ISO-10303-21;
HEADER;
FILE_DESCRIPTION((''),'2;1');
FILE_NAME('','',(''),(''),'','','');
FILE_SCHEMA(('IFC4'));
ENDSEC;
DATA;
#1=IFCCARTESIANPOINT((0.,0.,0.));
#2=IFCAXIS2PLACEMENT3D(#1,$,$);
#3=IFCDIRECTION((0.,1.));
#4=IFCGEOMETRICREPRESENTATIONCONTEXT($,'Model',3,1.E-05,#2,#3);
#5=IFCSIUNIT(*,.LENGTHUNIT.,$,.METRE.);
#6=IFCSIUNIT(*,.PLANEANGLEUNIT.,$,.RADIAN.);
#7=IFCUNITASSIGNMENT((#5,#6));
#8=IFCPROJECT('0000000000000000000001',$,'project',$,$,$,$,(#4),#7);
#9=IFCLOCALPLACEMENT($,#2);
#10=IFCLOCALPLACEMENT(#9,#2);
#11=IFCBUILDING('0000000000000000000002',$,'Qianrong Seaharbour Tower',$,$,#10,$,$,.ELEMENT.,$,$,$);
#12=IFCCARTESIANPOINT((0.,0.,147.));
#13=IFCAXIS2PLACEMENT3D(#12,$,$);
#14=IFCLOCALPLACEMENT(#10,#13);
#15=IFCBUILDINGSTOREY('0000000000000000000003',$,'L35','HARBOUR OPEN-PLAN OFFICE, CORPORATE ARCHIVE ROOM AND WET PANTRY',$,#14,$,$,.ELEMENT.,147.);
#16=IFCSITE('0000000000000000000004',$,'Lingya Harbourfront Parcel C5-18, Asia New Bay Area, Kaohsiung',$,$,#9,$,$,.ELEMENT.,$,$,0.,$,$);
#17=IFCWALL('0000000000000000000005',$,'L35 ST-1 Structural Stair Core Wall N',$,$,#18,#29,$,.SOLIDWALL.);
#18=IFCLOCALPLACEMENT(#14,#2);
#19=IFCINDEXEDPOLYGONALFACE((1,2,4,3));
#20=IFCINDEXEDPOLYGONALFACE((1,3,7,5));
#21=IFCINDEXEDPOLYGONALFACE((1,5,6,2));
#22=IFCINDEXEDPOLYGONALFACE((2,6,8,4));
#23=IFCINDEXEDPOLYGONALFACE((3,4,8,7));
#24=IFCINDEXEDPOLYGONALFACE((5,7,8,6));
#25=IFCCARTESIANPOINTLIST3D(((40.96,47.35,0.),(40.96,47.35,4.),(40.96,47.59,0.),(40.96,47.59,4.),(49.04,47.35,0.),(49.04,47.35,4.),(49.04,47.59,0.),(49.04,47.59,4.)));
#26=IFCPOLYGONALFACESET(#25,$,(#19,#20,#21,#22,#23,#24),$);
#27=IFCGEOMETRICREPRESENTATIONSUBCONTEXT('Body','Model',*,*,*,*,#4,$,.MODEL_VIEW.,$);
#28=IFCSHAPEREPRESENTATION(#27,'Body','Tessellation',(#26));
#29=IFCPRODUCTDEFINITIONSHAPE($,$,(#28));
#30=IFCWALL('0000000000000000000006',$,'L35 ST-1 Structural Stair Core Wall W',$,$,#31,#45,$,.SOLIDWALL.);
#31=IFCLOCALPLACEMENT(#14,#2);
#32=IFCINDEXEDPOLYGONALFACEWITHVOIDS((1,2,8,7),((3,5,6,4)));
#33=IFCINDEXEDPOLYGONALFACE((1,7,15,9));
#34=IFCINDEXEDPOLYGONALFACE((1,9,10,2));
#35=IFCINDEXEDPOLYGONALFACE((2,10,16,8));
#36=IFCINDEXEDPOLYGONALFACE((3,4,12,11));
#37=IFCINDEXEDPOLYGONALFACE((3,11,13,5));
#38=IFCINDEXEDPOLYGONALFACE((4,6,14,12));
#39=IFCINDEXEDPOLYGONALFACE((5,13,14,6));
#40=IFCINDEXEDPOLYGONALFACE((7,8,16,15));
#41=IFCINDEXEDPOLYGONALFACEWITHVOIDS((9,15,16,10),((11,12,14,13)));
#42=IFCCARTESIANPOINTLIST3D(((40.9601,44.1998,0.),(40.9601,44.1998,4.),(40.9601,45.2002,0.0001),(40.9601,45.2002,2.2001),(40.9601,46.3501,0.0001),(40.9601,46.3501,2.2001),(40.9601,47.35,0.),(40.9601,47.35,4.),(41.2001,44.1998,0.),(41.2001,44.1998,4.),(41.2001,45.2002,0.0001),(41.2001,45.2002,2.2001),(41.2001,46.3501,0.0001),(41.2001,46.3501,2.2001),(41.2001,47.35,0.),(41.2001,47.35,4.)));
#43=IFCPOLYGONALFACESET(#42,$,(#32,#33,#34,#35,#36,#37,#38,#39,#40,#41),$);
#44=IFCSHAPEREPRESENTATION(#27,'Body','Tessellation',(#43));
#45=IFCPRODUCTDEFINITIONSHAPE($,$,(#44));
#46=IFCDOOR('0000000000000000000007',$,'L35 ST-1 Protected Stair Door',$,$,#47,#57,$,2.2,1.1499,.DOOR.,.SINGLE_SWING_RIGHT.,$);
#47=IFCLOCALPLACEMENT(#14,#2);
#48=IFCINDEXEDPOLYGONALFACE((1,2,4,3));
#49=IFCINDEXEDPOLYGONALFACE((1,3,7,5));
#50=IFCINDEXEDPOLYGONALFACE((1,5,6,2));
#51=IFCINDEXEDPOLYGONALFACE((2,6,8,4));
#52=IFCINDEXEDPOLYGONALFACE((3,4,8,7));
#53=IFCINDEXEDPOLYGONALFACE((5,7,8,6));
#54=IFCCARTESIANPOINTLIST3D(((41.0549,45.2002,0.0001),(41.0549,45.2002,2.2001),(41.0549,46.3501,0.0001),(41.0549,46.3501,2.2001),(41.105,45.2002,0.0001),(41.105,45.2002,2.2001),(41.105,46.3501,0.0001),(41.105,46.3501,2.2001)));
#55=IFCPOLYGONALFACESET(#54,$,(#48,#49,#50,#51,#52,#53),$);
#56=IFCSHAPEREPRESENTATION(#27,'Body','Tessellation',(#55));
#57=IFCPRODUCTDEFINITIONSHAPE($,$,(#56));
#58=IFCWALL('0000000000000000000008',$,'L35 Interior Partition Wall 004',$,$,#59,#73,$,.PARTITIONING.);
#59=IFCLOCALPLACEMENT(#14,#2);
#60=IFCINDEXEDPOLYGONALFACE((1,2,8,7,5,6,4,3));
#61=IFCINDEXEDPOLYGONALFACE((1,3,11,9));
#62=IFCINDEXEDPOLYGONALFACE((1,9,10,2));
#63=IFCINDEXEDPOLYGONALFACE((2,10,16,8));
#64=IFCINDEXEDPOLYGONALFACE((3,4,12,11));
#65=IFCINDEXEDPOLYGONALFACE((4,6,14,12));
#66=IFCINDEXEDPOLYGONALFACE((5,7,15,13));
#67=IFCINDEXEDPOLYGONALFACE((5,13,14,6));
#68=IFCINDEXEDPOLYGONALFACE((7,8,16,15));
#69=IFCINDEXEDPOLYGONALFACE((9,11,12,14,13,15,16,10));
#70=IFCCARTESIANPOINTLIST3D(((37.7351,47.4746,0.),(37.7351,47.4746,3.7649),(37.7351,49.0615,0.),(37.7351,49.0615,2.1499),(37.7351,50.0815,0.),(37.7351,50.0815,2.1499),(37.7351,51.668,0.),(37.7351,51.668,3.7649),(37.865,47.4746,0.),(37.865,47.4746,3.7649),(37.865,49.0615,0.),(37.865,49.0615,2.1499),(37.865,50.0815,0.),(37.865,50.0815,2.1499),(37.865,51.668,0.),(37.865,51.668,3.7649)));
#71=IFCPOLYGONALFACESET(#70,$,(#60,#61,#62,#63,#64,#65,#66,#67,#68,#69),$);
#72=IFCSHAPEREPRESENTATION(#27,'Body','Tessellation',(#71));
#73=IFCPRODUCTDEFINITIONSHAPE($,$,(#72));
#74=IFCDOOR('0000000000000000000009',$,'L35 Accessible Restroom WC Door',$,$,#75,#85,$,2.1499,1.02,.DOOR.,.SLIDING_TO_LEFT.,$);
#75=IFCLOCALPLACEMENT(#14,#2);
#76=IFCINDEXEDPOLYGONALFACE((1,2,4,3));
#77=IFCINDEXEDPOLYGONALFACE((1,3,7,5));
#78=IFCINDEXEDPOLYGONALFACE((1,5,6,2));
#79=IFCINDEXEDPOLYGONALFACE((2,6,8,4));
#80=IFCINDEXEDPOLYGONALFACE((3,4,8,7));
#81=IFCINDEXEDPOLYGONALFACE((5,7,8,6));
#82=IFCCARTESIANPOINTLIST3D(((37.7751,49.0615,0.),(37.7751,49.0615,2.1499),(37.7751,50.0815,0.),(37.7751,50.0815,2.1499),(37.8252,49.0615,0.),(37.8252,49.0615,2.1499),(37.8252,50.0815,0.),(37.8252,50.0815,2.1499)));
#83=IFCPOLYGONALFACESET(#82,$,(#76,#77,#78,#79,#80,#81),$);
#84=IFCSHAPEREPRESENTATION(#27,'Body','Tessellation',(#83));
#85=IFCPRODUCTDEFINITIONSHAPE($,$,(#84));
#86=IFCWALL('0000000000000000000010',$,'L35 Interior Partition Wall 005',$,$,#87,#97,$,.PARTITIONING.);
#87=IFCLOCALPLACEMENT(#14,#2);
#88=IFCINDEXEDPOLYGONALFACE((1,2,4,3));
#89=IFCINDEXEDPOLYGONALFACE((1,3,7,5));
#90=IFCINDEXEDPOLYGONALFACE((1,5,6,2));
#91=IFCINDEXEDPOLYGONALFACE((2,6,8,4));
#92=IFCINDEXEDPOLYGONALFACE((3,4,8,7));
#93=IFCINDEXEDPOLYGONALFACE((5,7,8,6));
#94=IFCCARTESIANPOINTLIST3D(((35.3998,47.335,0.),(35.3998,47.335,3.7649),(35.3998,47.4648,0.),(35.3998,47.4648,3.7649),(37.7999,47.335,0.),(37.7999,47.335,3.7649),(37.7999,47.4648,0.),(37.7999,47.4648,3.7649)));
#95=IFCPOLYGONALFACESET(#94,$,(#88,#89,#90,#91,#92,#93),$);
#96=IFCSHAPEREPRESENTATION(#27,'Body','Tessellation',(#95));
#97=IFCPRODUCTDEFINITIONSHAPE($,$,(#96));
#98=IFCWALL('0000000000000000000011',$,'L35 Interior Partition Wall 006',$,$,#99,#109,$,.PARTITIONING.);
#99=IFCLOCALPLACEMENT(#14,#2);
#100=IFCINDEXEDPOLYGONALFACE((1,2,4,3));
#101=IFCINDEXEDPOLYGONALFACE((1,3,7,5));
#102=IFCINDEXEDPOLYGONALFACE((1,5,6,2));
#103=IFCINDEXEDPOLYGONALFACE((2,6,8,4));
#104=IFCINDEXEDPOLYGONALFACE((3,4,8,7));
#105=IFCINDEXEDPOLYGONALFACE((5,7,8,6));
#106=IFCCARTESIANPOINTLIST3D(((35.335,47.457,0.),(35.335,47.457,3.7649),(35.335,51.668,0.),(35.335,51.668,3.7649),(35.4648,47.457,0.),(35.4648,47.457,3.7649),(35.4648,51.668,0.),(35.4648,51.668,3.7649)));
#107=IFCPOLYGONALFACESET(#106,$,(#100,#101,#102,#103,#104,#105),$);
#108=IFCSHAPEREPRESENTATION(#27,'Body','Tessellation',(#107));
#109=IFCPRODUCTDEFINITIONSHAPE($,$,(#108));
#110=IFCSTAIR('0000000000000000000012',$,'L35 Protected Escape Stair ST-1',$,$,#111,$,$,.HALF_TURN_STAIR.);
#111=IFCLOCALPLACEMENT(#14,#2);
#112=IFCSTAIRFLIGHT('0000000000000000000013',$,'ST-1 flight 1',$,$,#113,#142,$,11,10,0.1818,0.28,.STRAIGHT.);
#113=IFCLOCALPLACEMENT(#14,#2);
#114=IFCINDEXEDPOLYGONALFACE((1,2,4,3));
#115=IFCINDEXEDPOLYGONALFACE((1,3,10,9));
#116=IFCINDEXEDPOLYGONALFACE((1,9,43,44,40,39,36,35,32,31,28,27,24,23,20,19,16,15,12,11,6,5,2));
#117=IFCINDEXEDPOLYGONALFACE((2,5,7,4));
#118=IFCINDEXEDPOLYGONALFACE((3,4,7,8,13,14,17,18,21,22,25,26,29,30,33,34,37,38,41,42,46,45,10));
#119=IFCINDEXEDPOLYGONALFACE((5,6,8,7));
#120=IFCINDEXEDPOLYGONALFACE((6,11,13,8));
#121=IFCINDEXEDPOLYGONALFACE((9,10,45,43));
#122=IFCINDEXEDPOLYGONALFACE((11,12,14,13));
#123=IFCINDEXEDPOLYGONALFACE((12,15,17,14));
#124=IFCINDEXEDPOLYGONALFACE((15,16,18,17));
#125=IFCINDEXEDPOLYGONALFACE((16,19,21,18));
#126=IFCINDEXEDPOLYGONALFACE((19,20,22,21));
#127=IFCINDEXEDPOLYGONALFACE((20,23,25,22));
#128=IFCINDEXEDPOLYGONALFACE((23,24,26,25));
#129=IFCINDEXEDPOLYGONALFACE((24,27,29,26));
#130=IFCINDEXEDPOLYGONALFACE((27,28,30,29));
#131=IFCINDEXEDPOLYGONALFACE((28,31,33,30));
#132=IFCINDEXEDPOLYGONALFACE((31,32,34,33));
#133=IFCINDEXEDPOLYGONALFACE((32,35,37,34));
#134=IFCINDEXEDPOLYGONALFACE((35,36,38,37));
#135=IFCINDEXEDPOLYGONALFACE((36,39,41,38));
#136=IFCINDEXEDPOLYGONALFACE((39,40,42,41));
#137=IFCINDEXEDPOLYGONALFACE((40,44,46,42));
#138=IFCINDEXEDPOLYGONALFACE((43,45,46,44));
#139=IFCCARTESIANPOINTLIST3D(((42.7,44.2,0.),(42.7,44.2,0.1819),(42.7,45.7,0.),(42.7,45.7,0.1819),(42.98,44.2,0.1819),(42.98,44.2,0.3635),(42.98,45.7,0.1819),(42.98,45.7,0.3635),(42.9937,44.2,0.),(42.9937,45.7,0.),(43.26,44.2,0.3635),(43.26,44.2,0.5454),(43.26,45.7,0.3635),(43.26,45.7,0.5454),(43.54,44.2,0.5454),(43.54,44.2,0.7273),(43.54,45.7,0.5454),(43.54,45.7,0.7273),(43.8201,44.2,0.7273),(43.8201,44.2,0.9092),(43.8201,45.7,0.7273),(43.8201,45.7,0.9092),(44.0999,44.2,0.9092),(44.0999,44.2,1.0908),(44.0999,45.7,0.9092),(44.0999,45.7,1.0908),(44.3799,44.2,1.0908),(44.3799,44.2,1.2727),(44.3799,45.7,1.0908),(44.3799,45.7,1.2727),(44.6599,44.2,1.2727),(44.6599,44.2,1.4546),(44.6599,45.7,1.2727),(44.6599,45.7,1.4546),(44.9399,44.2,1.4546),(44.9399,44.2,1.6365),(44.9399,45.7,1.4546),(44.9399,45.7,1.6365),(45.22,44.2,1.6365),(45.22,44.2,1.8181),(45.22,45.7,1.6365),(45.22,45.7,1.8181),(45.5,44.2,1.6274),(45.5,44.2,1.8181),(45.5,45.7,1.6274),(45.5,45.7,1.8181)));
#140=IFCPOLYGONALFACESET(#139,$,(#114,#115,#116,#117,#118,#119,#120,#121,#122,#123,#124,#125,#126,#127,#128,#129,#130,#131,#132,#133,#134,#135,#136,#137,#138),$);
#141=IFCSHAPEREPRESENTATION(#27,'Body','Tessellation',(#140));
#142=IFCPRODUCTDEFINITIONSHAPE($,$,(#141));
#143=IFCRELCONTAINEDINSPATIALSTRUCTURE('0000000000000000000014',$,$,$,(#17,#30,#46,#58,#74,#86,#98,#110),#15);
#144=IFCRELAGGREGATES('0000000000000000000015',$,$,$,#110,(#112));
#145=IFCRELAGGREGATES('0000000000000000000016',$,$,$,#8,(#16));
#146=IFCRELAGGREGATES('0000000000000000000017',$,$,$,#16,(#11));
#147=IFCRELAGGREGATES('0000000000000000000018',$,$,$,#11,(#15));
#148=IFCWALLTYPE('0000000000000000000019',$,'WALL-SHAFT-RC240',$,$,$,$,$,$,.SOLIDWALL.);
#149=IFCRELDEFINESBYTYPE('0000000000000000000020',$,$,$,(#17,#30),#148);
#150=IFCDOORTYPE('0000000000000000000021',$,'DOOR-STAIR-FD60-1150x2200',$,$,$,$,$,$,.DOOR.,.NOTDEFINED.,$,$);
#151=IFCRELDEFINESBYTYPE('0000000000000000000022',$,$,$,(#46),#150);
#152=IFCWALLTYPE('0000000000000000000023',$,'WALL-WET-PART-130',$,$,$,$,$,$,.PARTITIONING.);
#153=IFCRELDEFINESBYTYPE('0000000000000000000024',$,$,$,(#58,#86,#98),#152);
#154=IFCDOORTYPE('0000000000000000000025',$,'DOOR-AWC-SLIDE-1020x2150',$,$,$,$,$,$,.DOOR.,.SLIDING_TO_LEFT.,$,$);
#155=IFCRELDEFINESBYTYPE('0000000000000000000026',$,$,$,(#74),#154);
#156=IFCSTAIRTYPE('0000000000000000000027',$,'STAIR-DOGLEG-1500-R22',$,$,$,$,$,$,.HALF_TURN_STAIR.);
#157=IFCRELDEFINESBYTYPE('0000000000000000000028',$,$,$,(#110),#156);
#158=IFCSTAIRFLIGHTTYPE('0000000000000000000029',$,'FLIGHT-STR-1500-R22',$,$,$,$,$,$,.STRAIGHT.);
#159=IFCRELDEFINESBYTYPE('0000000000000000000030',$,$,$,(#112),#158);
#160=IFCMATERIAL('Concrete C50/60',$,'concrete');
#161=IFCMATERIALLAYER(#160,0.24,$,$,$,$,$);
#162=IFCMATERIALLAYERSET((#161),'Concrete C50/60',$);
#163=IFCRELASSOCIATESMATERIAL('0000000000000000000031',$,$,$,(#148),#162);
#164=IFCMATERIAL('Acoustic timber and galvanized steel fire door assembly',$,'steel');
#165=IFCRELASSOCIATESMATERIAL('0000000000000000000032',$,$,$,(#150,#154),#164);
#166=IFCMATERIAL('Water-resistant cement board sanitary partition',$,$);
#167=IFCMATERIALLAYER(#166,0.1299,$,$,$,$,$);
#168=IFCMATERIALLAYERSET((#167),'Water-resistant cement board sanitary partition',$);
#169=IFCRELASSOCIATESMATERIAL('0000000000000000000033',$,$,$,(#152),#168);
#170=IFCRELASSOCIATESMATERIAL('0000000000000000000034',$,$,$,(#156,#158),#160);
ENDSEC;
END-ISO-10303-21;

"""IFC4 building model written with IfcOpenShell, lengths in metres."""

from ifc_helpers import new_model, si_unit, direction, frame, frame_2d, origin, place, context, subcontext, project, spatial, polyline, rectangle, outline, extrude, material, layer, layer_set, type_object, element, fill, aggregate, save


model = new_model("IFC4")

# Units and contexts
model_context = context("Model", 3, precision=1e-05, world=origin(), true_north=direction((0.0, 1.0)))
body_context = subcontext(model_context, "Body", "Model", "MODEL_VIEW")
ifc_project = project(units=[si_unit("LENGTHUNIT", "METRE"), si_unit("PLANEANGLEUNIT", "RADIAN")], contexts=[model_context])

# Site, building, storey
site_placement = place(None, origin())
site = spatial("IfcSite", under=ifc_project, at=site_placement, Name="Lingya Harbourfront Parcel C5-18, Asia New Bay Area, Kaohsiung", CompositionType="ELEMENT", RefElevation=0.0)
building_placement = place(site_placement, origin())
building = spatial("IfcBuilding", under=site, at=building_placement, Name="Qianrong Seaharbour Tower", CompositionType="ELEMENT")
storey_placement = place(building_placement, frame((0.0, 0.0, 147.0)))
storey = spatial("IfcBuildingStorey", under=building, at=storey_placement, Name="L35", Description="HARBOUR OPEN-PLAN OFFICE, CORPORATE ARCHIVE ROOM AND WET PANTRY", CompositionType="ELEMENT", Elevation=147.0)

# Shared definitions
ifc_material_1 = material(Name="Acoustic timber and galvanized steel fire door assembly", Category="steel")

# Wall
ifc_material_2 = material(Name="Concrete C50/60", Category="concrete")
ifc_layer_1 = layer(ifc_material_2, 0.24)
ifc_layer_set_1 = layer_set([ifc_layer_1], Name="Concrete C50/60")
wall_type_1 = type_object("IfcWallType", Name="WALL-SHAFT-RC240", PredefinedType="SOLIDWALL", material=ifc_layer_set_1)
wall_1_placement = place(storey_placement, frame((40.96, 47.47, 0.0), z_axis=(0.0, 0.0, 1.0), x_axis=(1.0, 0.0, 0.0)))
element("IfcWall", 1, at=wall_1_placement, inside=storey, type_object=wall_type_1, Name="L35 ST-1 Structural Stair Core Wall N", PredefinedType="SOLIDWALL", context=body_context, shape_type="SweptSolid", body=[
    extrude(rectangle(XDim=8.0801, YDim=0.24, at=frame_2d((4.04, 0.0))), origin(), (0.0, 0.0, 1.0), 4.0),
])

# Walls, openings, doors
wall_2_placement = place(storey_placement, frame((41.0801, 47.3501, 0.0), z_axis=(0.0, 0.0, 1.0), x_axis=(0.0, -1.0, 0.0)))
wall_2 = element("IfcWall", 2, at=wall_2_placement, inside=storey, type_object=wall_type_1, Name="L35 ST-1 Structural Stair Core Wall W", PredefinedType="SOLIDWALL", context=body_context, shape_type="SweptSolid", body=[
    extrude(rectangle(XDim=3.1501, YDim=0.24, at=frame_2d((1.5752, 0.0))), origin(), (0.0, 0.0, 1.0), 4.0),
])
opening_1_placement = place(wall_2_placement, frame((1.0, 0.0, 0.0)))
opening_1 = element("IfcOpeningElement", 3, at=opening_1_placement, cuts=wall_2, PredefinedType="OPENING", context=body_context, shape_type="SweptSolid", body=[
    extrude(rectangle(XDim=1.1499, YDim=2.2, at=frame_2d((0.575, 1.1001))), frame((0.0, 0.1299, 0.0), z_axis=(0.0, -1.0, 0.0), x_axis=(1.0, 0.0, 0.0)), (0.0, 0.0, 1.0), 0.26),
])
door_type_1 = type_object("IfcDoorType", Name="DOOR-STAIR-FD60-1150x2200", OperationType="NOTDEFINED", PredefinedType="DOOR", material=ifc_material_1)
door_1_placement = place(opening_1_placement, origin())
door_1 = element("IfcDoor", 4, at=door_1_placement, inside=storey, type_object=door_type_1, Name="L35 ST-1 Protected Stair Door", OperationType="SINGLE_SWING_RIGHT", OverallHeight=2.2, OverallWidth=1.1499, PredefinedType="DOOR", context=body_context, shape_type="SweptSolid", body=[
    extrude(rectangle(XDim=1.1499, YDim=2.2, at=frame_2d((0.575, 1.1001))), frame((0.0, 0.0249, 0.0), z_axis=(0.0, -1.0, 0.0), x_axis=(1.0, 0.0, 0.0)), (0.0, 0.0, 1.0), 0.05),
])
fill(opening_1, door_1)
ifc_material_3 = material(Name="Water-resistant cement board sanitary partition")
ifc_layer_2 = layer(ifc_material_3, 0.1299)
ifc_layer_set_2 = layer_set([ifc_layer_2], Name="Water-resistant cement board sanitary partition")
wall_type_2 = type_object("IfcWallType", Name="WALL-WET-PART-130", PredefinedType="PARTITIONING", material=ifc_layer_set_2)
wall_3_placement = place(storey_placement, frame((37.8, 47.4746, 0.0), z_axis=(0.0, 0.0, 1.0), x_axis=(0.0, 1.0, 0.0)))
wall_3 = element("IfcWall", 5, at=wall_3_placement, inside=storey, type_object=wall_type_2, Name="L35 Interior Partition Wall 004", PredefinedType="PARTITIONING", context=body_context, shape_type="SweptSolid", body=[
    extrude(rectangle(XDim=4.1934, YDim=0.1299, at=frame_2d((2.0967, 0.0))), origin(), (0.0, 0.0, 1.0), 3.7649),
])
opening_2_placement = place(wall_3_placement, frame((1.5869, 0.0, 0.0)))
opening_2 = element("IfcOpeningElement", 6, at=opening_2_placement, cuts=wall_3, PredefinedType="OPENING", context=body_context, shape_type="SweptSolid", body=[
    extrude(rectangle(XDim=1.02, YDim=2.1499, at=frame_2d((0.51, 1.075))), frame((0.0, 0.075, 0.0), z_axis=(0.0, -1.0, 0.0), x_axis=(1.0, 0.0, 0.0)), (0.0, 0.0, 1.0), 0.1499),
])
door_type_2 = type_object("IfcDoorType", Name="DOOR-AWC-SLIDE-1020x2150", OperationType="SLIDING_TO_LEFT", PredefinedType="DOOR", material=ifc_material_1)
door_2_placement = place(opening_2_placement, origin())
door_2 = element("IfcDoor", 7, at=door_2_placement, inside=storey, type_object=door_type_2, Name="L35 Accessible Restroom WC Door", OperationType="SLIDING_TO_LEFT", OverallHeight=2.1499, OverallWidth=1.02, PredefinedType="DOOR", context=body_context, shape_type="SweptSolid", body=[
    extrude(rectangle(XDim=1.02, YDim=2.1499, at=frame_2d((0.51, 1.075))), frame((0.0, 0.0249, 0.0), z_axis=(0.0, -1.0, 0.0), x_axis=(1.0, 0.0, 0.0)), (0.0, 0.0, 1.0), 0.05),
])
fill(opening_2, door_2)

# Walls
wall_4_placement = place(storey_placement, frame((37.8, 47.3999, 0.0), z_axis=(0.0, 0.0, 1.0), x_axis=(-1.0, 0.0, 0.0)))
element("IfcWall", 8, at=wall_4_placement, inside=storey, type_object=wall_type_2, Name="L35 Interior Partition Wall 005", PredefinedType="PARTITIONING", context=body_context, shape_type="SweptSolid", body=[
    extrude(rectangle(XDim=2.4001, YDim=0.1299, at=frame_2d((1.2002, 0.0))), origin(), (0.0, 0.0, 1.0), 3.7649),
])
wall_5_placement = place(storey_placement, frame((35.3999, 47.457, 0.0), z_axis=(0.0, 0.0, 1.0), x_axis=(0.0, 1.0, 0.0)))
element("IfcWall", 9, at=wall_5_placement, inside=storey, type_object=wall_type_2, Name="L35 Interior Partition Wall 006", PredefinedType="PARTITIONING", context=body_context, shape_type="SweptSolid", body=[
    extrude(rectangle(XDim=4.2109, YDim=0.1299, at=frame_2d((2.1055, 0.0))), origin(), (0.0, 0.0, 1.0), 3.7649),
])

# Stair, stair flight
stair_type = type_object("IfcStairType", Name="STAIR-DOGLEG-1500-R22", PredefinedType="HALF_TURN_STAIR", material=ifc_material_2)
stair_placement = place(storey_placement, origin())
stair = element("IfcStair", 10, at=stair_placement, inside=storey, type_object=stair_type, Name="L35 Protected Escape Stair ST-1", PredefinedType="HALF_TURN_STAIR")
stair_flight_type = type_object("IfcStairFlightType", Name="FLIGHT-STR-1500-R22", PredefinedType="STRAIGHT", material=ifc_material_2)
stair_flight_placement = place(storey_placement, frame((42.7, 44.95, 0.0), z_axis=(0.0, 0.0, 1.0), x_axis=(1.0, 0.0, 0.0)))
stair_flight = element("IfcStairFlight", 11, at=stair_flight_placement, type_object=stair_flight_type, Name="ST-1 flight 1", NumberOfRisers=11, NumberOfTreads=10, PredefinedType="STRAIGHT", RiserHeight=0.1818, TreadLength=0.28, context=body_context, shape_type="SweptSolid", body=[
    extrude(outline(polyline([(0.0, 0.0), (0.0, 0.1819), (0.28, 0.1819), (0.28, 0.3635), (0.5601, 0.3635), (0.5601, 0.5454), (0.8401, 0.5454), (0.8401, 0.7273), (1.1201, 0.7273), (1.1201, 0.9092), (1.3999, 0.9092), (1.3999, 1.0908), (1.6799, 1.0908), (1.6799, 1.2727), (1.96, 1.2727), (1.96, 1.4546), (2.24, 1.4546), (2.24, 1.6365), (2.52, 1.6365), (2.52, 1.8181), (2.8, 1.8181), (2.8, 2.0), (2.8, 1.6274), (0.2937, 0.0), (0.0, 0.0)])), frame((0.0, 0.75, 0.0), z_axis=(0.0, -1.0, 0.0), x_axis=(1.0, 0.0, 0.0)), (0.0, 0.0, 1.0), 1.5),
])
aggregate(stair, [stair_flight])

save(model, "model.ifc")
